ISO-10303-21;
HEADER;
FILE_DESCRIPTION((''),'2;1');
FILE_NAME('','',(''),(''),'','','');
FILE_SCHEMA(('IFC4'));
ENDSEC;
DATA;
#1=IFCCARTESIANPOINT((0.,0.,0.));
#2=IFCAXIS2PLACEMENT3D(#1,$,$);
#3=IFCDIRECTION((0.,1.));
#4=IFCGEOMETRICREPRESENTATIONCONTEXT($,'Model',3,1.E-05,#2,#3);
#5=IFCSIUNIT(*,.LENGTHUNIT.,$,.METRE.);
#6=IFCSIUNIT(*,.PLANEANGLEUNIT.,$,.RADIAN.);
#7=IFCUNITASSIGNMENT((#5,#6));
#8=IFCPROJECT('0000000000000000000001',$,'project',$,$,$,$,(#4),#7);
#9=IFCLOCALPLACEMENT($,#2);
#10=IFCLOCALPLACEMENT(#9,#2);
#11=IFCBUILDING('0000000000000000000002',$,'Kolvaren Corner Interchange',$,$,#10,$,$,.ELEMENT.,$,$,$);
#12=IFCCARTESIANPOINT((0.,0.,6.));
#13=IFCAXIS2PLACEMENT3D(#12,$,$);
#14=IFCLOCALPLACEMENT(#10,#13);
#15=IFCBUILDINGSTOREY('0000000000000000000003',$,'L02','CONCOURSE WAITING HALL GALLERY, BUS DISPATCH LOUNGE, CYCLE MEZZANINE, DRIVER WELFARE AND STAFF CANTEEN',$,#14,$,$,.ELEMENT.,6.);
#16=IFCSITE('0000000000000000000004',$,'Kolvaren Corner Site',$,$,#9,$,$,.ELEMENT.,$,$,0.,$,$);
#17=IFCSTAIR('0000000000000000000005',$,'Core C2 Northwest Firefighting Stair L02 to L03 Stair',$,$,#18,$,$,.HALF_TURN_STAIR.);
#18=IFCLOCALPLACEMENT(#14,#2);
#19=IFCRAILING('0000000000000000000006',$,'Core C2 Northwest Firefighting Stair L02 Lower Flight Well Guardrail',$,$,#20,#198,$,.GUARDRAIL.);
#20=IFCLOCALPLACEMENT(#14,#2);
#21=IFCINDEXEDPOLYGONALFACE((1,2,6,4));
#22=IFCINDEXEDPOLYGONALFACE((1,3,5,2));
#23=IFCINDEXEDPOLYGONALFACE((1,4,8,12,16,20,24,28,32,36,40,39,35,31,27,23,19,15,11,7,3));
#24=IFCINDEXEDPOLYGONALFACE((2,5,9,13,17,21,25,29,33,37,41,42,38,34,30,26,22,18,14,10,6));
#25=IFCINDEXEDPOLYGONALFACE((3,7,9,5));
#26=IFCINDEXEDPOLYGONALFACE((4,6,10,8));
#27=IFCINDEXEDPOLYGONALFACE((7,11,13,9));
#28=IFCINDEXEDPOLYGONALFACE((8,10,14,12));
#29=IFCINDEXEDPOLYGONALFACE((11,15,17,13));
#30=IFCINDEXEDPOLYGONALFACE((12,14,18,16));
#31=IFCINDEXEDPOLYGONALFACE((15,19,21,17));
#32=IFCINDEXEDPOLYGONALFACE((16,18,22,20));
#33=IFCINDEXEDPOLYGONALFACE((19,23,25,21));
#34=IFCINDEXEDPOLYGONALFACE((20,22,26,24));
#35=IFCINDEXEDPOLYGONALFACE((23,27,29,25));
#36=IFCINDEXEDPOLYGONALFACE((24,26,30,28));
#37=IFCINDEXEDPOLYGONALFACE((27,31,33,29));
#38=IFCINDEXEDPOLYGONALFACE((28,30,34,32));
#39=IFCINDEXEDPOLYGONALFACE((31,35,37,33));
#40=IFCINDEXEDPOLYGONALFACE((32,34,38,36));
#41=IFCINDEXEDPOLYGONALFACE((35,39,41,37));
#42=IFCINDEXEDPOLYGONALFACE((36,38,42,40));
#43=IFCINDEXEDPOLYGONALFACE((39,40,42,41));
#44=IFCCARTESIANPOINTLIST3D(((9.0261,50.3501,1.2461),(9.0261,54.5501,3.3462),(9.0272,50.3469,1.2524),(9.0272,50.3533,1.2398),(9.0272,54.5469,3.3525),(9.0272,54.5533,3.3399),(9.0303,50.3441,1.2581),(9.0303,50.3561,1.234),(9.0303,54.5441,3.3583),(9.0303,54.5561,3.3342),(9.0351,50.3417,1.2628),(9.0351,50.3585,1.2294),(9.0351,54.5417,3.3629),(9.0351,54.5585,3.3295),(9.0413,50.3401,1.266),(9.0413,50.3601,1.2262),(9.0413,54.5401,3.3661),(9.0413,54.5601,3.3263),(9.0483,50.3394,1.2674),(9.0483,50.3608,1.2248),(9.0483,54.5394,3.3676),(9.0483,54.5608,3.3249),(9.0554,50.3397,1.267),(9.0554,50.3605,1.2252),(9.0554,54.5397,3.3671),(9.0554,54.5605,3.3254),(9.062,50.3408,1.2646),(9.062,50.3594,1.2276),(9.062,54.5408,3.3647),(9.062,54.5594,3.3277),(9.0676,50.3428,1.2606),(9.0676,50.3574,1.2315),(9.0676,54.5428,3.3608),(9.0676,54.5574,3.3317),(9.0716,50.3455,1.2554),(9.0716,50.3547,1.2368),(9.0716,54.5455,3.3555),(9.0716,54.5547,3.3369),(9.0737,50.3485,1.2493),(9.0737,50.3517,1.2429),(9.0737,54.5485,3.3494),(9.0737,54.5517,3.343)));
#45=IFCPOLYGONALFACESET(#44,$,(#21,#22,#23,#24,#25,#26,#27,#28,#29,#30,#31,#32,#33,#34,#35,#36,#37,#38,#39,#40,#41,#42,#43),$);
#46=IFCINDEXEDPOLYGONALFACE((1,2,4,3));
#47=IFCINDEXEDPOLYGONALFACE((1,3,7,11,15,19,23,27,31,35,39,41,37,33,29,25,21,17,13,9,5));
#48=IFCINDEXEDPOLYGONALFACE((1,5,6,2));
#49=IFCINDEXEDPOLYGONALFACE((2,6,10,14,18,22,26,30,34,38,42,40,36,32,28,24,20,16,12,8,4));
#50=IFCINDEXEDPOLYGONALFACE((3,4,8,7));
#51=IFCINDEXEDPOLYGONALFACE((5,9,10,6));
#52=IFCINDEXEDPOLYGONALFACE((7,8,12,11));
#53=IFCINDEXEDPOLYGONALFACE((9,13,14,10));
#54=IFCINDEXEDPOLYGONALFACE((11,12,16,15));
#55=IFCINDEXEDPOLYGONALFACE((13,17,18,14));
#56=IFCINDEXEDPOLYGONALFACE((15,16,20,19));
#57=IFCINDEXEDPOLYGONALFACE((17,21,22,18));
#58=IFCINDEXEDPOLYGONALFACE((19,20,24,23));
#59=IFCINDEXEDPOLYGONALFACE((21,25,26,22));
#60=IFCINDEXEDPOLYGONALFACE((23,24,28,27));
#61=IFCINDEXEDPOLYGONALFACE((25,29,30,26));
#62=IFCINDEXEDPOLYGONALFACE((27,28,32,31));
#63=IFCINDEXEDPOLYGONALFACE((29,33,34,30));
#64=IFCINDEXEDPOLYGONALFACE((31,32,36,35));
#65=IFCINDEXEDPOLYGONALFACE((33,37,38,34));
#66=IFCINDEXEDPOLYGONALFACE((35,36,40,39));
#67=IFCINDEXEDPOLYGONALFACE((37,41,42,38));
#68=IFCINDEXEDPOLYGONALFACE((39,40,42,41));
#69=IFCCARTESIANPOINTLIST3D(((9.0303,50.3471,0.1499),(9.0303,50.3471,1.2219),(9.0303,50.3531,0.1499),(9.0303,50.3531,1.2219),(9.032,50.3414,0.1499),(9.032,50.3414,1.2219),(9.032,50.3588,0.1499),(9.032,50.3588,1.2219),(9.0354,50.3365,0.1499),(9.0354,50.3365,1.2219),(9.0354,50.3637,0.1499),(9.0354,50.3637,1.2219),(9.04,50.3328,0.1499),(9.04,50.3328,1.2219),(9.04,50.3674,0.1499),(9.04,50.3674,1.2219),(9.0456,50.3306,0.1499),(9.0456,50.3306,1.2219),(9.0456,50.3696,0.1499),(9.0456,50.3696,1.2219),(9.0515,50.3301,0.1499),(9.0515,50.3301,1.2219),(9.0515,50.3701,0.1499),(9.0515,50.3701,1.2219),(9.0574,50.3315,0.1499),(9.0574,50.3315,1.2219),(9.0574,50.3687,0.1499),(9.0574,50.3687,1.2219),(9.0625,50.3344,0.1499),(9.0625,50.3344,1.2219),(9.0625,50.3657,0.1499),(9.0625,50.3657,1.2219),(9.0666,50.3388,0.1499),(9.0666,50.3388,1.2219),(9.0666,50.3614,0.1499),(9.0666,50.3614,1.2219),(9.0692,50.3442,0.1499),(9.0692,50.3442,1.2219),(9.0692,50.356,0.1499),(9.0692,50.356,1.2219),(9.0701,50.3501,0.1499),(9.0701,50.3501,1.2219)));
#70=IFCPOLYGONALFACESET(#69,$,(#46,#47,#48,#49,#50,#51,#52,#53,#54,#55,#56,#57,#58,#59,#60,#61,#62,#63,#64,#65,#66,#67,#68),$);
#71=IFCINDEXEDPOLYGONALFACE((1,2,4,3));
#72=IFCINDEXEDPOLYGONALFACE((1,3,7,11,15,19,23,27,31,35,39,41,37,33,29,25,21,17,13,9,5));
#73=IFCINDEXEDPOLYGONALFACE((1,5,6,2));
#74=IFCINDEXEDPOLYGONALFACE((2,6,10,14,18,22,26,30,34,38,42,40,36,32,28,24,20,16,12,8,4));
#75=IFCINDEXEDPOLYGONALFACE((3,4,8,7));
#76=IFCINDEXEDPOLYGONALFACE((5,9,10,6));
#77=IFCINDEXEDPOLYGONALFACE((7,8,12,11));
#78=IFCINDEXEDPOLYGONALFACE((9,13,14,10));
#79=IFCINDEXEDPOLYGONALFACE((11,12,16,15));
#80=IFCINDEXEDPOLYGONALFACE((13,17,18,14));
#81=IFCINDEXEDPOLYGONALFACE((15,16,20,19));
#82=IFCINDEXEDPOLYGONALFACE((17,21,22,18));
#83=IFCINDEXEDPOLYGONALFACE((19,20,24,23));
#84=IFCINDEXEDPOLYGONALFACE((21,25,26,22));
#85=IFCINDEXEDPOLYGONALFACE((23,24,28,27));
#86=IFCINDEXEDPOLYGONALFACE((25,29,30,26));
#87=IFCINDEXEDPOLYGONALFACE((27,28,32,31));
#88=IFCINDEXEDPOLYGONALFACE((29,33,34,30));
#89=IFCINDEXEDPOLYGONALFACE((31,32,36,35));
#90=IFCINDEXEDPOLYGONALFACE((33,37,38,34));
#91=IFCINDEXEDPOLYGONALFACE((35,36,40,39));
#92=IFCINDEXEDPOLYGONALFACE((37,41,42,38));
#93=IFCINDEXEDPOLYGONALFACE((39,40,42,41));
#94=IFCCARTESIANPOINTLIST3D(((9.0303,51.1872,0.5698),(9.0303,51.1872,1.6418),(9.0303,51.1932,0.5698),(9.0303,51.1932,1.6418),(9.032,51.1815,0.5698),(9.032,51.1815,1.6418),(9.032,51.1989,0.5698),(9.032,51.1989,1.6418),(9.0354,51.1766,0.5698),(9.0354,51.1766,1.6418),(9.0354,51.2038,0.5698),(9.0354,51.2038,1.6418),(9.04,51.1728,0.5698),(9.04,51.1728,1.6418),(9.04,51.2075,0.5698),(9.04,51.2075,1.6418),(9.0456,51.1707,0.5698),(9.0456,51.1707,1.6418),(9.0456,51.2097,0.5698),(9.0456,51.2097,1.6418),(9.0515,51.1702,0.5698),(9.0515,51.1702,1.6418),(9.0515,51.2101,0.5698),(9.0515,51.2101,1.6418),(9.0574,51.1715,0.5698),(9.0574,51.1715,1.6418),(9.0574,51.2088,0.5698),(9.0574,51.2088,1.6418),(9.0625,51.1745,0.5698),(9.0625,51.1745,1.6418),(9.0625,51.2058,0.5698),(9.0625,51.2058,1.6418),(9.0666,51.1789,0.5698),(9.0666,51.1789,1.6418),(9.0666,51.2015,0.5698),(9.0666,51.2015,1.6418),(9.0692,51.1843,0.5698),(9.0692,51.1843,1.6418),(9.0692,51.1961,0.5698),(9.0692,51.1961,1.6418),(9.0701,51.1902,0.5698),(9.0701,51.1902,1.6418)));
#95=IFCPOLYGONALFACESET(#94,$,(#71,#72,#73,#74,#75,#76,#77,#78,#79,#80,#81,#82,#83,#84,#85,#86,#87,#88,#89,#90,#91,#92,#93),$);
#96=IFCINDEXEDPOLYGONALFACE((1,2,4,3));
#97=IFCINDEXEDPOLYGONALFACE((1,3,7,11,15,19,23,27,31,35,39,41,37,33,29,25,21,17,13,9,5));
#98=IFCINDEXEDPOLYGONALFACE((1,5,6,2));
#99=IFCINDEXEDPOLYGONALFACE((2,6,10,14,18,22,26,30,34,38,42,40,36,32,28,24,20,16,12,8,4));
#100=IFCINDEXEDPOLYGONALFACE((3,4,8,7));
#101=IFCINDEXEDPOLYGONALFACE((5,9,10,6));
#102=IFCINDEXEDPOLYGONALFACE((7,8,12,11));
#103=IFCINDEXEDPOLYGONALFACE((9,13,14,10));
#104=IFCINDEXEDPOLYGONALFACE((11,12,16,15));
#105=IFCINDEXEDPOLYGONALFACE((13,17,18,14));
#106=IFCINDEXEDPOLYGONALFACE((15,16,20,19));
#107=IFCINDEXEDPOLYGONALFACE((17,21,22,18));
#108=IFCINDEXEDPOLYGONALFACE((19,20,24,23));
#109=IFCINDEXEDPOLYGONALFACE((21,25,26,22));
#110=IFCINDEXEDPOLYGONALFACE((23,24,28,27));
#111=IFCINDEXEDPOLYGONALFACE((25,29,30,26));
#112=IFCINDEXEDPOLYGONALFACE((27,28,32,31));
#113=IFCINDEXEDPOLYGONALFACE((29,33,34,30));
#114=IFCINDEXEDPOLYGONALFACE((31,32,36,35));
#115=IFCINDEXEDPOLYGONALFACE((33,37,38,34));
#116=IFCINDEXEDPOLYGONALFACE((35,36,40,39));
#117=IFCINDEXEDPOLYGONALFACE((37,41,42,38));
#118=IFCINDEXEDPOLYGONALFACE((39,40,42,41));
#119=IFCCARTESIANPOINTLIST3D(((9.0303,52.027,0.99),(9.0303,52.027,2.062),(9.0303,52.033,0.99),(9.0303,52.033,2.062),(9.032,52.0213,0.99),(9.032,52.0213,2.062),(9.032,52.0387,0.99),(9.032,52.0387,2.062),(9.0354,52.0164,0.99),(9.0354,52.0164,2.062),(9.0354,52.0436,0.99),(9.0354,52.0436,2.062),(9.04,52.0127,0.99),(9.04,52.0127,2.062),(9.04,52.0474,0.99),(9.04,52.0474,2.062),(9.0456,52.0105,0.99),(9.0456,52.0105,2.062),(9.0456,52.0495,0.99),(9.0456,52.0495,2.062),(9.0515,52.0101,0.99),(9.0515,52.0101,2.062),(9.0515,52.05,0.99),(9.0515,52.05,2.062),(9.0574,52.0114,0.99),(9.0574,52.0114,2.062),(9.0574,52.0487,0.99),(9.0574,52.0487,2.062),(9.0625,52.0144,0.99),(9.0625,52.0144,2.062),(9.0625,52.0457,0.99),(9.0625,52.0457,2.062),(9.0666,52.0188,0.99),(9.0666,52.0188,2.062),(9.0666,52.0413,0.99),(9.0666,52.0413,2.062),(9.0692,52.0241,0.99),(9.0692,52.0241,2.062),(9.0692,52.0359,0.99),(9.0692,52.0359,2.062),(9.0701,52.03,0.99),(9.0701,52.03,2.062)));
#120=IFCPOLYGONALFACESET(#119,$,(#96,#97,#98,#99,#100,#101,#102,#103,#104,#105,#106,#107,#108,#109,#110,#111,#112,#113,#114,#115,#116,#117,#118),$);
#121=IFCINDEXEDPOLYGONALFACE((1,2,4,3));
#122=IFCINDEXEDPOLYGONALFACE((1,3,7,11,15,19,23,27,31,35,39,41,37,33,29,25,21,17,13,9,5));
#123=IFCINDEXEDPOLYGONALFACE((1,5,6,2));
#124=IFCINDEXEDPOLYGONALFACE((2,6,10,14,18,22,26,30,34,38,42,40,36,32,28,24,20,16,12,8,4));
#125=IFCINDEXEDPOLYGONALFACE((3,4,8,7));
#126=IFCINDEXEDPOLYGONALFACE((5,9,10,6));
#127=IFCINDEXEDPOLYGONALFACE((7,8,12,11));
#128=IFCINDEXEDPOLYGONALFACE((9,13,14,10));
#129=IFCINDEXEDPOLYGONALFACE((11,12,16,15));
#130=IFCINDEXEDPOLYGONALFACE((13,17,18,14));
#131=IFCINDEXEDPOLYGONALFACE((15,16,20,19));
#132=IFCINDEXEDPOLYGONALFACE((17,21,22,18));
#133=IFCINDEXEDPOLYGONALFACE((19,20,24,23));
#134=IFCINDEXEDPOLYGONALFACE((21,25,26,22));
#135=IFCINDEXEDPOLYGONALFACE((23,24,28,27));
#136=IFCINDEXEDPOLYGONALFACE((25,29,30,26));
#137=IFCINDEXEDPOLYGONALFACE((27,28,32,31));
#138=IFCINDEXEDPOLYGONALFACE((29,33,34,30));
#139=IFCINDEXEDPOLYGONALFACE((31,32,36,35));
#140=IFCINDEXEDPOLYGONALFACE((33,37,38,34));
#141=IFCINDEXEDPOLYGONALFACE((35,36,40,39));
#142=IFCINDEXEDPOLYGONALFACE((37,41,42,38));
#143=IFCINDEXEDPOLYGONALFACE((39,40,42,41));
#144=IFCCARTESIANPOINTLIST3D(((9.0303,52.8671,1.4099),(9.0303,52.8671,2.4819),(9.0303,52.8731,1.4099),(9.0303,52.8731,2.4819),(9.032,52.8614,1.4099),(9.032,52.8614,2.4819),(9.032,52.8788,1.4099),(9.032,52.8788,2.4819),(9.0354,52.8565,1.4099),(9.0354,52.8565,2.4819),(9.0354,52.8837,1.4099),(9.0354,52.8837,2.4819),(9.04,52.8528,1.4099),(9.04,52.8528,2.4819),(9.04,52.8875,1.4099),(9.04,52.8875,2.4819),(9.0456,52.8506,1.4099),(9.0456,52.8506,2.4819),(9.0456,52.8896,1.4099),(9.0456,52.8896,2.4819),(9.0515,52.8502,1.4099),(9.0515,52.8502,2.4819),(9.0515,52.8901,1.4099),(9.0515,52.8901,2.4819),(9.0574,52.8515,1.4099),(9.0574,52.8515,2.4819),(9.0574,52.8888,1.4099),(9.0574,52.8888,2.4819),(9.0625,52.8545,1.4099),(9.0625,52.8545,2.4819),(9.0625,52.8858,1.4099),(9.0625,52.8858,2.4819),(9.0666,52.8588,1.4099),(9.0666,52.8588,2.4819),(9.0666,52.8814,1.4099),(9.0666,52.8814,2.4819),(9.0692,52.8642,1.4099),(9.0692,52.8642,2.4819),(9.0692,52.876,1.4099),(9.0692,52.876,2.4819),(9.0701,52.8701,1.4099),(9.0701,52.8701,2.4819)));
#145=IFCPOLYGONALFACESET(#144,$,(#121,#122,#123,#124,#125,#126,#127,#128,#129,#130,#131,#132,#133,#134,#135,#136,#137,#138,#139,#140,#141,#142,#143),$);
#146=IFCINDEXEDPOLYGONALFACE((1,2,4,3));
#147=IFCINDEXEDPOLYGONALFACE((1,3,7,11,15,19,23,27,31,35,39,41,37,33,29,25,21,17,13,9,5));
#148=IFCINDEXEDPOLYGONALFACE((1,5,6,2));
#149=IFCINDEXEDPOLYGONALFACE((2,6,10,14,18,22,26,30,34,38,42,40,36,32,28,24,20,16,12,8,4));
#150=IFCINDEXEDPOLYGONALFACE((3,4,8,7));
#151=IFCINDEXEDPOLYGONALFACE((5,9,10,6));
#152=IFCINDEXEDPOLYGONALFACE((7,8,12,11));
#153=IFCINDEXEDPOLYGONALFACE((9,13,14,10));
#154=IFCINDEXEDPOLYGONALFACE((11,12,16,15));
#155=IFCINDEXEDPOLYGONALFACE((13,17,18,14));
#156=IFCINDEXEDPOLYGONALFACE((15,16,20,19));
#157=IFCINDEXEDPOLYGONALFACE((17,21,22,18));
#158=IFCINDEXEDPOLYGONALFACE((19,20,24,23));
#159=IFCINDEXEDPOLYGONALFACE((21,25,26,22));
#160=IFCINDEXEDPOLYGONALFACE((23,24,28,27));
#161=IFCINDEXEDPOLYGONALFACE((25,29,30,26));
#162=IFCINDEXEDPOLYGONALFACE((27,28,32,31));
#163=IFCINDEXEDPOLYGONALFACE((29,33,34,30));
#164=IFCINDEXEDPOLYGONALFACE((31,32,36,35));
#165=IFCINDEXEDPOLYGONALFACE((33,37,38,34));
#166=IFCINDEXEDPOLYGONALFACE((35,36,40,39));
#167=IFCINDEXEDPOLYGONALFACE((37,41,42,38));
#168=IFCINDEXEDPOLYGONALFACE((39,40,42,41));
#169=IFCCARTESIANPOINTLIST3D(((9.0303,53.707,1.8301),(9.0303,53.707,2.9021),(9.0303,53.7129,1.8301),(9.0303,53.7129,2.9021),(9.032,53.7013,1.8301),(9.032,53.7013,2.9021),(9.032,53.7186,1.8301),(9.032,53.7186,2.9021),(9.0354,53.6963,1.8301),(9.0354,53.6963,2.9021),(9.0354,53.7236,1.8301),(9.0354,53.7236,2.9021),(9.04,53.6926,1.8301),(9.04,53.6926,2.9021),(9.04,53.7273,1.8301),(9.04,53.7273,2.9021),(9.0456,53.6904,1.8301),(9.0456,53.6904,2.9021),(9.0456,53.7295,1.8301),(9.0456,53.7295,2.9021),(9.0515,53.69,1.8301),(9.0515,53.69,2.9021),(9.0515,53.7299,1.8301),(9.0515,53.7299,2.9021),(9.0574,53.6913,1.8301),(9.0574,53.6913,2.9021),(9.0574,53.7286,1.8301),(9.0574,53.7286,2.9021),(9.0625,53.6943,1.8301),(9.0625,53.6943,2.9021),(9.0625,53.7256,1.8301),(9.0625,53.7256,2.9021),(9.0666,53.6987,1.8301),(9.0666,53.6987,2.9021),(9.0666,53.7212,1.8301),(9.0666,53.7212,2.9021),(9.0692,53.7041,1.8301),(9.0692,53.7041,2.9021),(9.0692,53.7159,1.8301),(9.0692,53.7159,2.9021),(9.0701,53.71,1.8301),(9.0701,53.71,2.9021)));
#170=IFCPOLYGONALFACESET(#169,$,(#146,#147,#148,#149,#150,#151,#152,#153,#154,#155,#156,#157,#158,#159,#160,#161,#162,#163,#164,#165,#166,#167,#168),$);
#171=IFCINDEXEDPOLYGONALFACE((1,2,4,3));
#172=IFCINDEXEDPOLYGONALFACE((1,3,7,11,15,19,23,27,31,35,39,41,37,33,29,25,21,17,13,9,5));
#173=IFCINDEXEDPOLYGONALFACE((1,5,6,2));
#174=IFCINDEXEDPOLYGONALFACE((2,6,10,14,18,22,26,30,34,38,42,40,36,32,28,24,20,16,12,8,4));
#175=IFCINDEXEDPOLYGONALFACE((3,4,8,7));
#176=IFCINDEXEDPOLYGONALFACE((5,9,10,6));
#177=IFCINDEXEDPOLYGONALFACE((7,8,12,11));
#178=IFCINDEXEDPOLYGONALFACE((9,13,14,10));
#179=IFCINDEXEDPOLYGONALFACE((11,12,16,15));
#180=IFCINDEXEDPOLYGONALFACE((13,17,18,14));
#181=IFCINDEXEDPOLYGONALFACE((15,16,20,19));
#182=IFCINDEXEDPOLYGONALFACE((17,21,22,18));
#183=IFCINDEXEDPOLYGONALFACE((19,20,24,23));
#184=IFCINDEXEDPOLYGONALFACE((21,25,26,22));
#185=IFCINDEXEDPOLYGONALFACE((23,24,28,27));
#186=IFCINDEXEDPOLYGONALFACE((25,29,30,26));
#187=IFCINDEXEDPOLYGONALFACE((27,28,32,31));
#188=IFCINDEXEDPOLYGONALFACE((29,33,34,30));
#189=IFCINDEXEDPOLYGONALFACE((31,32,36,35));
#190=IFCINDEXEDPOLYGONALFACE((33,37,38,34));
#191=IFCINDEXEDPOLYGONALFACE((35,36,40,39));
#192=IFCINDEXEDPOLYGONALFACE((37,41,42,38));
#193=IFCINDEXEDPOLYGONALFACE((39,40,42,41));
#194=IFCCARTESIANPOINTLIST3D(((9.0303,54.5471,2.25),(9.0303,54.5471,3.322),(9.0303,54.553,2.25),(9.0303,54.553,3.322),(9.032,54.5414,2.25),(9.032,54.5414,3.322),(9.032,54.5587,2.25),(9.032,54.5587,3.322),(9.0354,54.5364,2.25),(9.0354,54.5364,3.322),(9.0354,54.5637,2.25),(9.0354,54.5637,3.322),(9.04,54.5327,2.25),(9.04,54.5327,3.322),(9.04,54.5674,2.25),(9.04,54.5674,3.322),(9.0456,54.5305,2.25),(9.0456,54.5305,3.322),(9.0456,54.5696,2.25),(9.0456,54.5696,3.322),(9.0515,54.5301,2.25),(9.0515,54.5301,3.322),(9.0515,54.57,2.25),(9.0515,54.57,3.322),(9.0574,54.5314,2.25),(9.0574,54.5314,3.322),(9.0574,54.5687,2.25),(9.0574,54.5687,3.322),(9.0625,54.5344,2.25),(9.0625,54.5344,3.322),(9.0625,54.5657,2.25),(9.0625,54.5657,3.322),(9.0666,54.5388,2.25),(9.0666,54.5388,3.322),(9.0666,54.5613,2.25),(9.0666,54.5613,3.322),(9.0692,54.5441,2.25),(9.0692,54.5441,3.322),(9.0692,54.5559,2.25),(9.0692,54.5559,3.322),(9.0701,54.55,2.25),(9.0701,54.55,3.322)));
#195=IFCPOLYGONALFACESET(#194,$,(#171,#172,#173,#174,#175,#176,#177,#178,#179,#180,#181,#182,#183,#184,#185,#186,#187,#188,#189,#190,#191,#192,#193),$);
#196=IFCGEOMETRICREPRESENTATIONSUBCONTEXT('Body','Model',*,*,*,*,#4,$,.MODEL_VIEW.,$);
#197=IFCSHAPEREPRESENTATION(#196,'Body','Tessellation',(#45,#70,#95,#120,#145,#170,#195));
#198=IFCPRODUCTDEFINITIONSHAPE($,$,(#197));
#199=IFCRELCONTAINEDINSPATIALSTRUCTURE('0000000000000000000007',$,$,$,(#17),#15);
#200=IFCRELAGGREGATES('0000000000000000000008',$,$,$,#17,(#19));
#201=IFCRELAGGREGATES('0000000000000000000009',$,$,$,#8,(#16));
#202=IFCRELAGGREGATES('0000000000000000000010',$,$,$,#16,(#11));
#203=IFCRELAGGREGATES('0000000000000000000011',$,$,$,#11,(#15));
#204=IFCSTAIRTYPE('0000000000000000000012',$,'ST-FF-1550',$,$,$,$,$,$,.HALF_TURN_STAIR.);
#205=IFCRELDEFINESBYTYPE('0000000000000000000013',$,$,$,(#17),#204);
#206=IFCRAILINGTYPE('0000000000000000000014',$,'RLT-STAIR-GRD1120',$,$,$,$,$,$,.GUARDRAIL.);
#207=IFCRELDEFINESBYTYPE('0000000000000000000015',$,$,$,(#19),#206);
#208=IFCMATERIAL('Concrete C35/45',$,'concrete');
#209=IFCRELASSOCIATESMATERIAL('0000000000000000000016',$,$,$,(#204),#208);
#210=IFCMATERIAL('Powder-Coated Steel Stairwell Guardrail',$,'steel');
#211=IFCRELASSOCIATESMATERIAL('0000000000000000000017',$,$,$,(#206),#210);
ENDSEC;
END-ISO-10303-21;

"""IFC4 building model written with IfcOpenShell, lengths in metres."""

from ifc_helpers import new_model, si_unit, direction, frame, origin, origin_2d, place, context, subcontext, project, spatial, circle, extrude, material, type_object, element, aggregate, save


model = new_model("IFC4")

# Units and contexts
model_context = context("Model", 3, precision=1e-05, world=origin(), true_north=direction((0.0, 1.0)))
body_context = subcontext(model_context, "Body", "Model", "MODEL_VIEW")
ifc_project = project(units=[si_unit("LENGTHUNIT", "METRE"), si_unit("PLANEANGLEUNIT", "RADIAN")], contexts=[model_context])

# Site, building, storey
site_placement = place(None, origin())
site = spatial("IfcSite", under=ifc_project, at=site_placement, Name="Kolvaren Corner Site", CompositionType="ELEMENT", RefElevation=0.0)
building_placement = place(site_placement, origin())
building = spatial("IfcBuilding", under=site, at=building_placement, Name="Kolvaren Corner Interchange", CompositionType="ELEMENT")
storey_placement = place(building_placement, frame((0.0, 0.0, 6.0)))
storey = spatial("IfcBuildingStorey", under=building, at=storey_placement, Name="L02", Description="CONCOURSE WAITING HALL GALLERY, BUS DISPATCH LOUNGE, CYCLE MEZZANINE, DRIVER WELFARE AND STAFF CANTEEN", CompositionType="ELEMENT", Elevation=6.0)

# Stair
ifc_material_1 = material(Name="Concrete C35/45", Category="concrete")
stair_type = type_object("IfcStairType", Name="ST-FF-1550", PredefinedType="HALF_TURN_STAIR", material=ifc_material_1)
stair_placement = place(storey_placement, origin())
stair = element("IfcStair", 1, at=stair_placement, inside=storey, type_object=stair_type, Name="Core C2 Northwest Firefighting Stair L02 to L03 Stair", PredefinedType="HALF_TURN_STAIR")

# Railing
ifc_material_2 = material(Name="Powder-Coated Steel Stairwell Guardrail", Category="steel")
railing_type_1 = type_object("IfcRailingType", Name="RLT-STAIR-GRD1120", PredefinedType="GUARDRAIL", material=ifc_material_2)
railing_1_placement = place(storey_placement, frame((9.05, 50.3501, 0.1499)))
railing_1 = element("IfcRailing", 2, at=railing_1_placement, type_object=railing_type_1, Name="Core C2 Northwest Firefighting Stair L02 Lower Flight Well Guardrail", PredefinedType="GUARDRAIL", context=body_context, shape_type="SweptSolid", body=[
    extrude(circle(Radius=0.0239, at=origin_2d()), frame((0.0, 0.0, 1.0962), z_axis=(0.0, 0.894417, 0.447234), x_axis=(-1.0, 0.0, 0.0)), (0.0, 0.0, 1.0), 4.6958),
    extrude(circle(Radius=0.02, at=origin_2d()), origin(), (0.0, 0.0, 1.0), 1.072),
    extrude(circle(Radius=0.02, at=origin_2d()), frame((0.0, 0.8401, 0.4199)), (0.0, 0.0, 1.0), 1.072),
    extrude(circle(Radius=0.02, at=origin_2d()), frame((0.0, 1.6799, 0.8401)), (0.0, 0.0, 1.0), 1.072),
    extrude(circle(Radius=0.02, at=origin_2d()), frame((0.0, 2.52, 1.26)), (0.0, 0.0, 1.0), 1.072),
    extrude(circle(Radius=0.02, at=origin_2d()), frame((0.0, 3.3599, 1.6802)), (0.0, 0.0, 1.0), 1.072),
    extrude(circle(Radius=0.02, at=origin_2d()), frame((0.0, 4.2, 2.1001)), (0.0, 0.0, 1.0), 1.072),
])
aggregate(stair, [railing_1])

save(model, "model.ifc")
